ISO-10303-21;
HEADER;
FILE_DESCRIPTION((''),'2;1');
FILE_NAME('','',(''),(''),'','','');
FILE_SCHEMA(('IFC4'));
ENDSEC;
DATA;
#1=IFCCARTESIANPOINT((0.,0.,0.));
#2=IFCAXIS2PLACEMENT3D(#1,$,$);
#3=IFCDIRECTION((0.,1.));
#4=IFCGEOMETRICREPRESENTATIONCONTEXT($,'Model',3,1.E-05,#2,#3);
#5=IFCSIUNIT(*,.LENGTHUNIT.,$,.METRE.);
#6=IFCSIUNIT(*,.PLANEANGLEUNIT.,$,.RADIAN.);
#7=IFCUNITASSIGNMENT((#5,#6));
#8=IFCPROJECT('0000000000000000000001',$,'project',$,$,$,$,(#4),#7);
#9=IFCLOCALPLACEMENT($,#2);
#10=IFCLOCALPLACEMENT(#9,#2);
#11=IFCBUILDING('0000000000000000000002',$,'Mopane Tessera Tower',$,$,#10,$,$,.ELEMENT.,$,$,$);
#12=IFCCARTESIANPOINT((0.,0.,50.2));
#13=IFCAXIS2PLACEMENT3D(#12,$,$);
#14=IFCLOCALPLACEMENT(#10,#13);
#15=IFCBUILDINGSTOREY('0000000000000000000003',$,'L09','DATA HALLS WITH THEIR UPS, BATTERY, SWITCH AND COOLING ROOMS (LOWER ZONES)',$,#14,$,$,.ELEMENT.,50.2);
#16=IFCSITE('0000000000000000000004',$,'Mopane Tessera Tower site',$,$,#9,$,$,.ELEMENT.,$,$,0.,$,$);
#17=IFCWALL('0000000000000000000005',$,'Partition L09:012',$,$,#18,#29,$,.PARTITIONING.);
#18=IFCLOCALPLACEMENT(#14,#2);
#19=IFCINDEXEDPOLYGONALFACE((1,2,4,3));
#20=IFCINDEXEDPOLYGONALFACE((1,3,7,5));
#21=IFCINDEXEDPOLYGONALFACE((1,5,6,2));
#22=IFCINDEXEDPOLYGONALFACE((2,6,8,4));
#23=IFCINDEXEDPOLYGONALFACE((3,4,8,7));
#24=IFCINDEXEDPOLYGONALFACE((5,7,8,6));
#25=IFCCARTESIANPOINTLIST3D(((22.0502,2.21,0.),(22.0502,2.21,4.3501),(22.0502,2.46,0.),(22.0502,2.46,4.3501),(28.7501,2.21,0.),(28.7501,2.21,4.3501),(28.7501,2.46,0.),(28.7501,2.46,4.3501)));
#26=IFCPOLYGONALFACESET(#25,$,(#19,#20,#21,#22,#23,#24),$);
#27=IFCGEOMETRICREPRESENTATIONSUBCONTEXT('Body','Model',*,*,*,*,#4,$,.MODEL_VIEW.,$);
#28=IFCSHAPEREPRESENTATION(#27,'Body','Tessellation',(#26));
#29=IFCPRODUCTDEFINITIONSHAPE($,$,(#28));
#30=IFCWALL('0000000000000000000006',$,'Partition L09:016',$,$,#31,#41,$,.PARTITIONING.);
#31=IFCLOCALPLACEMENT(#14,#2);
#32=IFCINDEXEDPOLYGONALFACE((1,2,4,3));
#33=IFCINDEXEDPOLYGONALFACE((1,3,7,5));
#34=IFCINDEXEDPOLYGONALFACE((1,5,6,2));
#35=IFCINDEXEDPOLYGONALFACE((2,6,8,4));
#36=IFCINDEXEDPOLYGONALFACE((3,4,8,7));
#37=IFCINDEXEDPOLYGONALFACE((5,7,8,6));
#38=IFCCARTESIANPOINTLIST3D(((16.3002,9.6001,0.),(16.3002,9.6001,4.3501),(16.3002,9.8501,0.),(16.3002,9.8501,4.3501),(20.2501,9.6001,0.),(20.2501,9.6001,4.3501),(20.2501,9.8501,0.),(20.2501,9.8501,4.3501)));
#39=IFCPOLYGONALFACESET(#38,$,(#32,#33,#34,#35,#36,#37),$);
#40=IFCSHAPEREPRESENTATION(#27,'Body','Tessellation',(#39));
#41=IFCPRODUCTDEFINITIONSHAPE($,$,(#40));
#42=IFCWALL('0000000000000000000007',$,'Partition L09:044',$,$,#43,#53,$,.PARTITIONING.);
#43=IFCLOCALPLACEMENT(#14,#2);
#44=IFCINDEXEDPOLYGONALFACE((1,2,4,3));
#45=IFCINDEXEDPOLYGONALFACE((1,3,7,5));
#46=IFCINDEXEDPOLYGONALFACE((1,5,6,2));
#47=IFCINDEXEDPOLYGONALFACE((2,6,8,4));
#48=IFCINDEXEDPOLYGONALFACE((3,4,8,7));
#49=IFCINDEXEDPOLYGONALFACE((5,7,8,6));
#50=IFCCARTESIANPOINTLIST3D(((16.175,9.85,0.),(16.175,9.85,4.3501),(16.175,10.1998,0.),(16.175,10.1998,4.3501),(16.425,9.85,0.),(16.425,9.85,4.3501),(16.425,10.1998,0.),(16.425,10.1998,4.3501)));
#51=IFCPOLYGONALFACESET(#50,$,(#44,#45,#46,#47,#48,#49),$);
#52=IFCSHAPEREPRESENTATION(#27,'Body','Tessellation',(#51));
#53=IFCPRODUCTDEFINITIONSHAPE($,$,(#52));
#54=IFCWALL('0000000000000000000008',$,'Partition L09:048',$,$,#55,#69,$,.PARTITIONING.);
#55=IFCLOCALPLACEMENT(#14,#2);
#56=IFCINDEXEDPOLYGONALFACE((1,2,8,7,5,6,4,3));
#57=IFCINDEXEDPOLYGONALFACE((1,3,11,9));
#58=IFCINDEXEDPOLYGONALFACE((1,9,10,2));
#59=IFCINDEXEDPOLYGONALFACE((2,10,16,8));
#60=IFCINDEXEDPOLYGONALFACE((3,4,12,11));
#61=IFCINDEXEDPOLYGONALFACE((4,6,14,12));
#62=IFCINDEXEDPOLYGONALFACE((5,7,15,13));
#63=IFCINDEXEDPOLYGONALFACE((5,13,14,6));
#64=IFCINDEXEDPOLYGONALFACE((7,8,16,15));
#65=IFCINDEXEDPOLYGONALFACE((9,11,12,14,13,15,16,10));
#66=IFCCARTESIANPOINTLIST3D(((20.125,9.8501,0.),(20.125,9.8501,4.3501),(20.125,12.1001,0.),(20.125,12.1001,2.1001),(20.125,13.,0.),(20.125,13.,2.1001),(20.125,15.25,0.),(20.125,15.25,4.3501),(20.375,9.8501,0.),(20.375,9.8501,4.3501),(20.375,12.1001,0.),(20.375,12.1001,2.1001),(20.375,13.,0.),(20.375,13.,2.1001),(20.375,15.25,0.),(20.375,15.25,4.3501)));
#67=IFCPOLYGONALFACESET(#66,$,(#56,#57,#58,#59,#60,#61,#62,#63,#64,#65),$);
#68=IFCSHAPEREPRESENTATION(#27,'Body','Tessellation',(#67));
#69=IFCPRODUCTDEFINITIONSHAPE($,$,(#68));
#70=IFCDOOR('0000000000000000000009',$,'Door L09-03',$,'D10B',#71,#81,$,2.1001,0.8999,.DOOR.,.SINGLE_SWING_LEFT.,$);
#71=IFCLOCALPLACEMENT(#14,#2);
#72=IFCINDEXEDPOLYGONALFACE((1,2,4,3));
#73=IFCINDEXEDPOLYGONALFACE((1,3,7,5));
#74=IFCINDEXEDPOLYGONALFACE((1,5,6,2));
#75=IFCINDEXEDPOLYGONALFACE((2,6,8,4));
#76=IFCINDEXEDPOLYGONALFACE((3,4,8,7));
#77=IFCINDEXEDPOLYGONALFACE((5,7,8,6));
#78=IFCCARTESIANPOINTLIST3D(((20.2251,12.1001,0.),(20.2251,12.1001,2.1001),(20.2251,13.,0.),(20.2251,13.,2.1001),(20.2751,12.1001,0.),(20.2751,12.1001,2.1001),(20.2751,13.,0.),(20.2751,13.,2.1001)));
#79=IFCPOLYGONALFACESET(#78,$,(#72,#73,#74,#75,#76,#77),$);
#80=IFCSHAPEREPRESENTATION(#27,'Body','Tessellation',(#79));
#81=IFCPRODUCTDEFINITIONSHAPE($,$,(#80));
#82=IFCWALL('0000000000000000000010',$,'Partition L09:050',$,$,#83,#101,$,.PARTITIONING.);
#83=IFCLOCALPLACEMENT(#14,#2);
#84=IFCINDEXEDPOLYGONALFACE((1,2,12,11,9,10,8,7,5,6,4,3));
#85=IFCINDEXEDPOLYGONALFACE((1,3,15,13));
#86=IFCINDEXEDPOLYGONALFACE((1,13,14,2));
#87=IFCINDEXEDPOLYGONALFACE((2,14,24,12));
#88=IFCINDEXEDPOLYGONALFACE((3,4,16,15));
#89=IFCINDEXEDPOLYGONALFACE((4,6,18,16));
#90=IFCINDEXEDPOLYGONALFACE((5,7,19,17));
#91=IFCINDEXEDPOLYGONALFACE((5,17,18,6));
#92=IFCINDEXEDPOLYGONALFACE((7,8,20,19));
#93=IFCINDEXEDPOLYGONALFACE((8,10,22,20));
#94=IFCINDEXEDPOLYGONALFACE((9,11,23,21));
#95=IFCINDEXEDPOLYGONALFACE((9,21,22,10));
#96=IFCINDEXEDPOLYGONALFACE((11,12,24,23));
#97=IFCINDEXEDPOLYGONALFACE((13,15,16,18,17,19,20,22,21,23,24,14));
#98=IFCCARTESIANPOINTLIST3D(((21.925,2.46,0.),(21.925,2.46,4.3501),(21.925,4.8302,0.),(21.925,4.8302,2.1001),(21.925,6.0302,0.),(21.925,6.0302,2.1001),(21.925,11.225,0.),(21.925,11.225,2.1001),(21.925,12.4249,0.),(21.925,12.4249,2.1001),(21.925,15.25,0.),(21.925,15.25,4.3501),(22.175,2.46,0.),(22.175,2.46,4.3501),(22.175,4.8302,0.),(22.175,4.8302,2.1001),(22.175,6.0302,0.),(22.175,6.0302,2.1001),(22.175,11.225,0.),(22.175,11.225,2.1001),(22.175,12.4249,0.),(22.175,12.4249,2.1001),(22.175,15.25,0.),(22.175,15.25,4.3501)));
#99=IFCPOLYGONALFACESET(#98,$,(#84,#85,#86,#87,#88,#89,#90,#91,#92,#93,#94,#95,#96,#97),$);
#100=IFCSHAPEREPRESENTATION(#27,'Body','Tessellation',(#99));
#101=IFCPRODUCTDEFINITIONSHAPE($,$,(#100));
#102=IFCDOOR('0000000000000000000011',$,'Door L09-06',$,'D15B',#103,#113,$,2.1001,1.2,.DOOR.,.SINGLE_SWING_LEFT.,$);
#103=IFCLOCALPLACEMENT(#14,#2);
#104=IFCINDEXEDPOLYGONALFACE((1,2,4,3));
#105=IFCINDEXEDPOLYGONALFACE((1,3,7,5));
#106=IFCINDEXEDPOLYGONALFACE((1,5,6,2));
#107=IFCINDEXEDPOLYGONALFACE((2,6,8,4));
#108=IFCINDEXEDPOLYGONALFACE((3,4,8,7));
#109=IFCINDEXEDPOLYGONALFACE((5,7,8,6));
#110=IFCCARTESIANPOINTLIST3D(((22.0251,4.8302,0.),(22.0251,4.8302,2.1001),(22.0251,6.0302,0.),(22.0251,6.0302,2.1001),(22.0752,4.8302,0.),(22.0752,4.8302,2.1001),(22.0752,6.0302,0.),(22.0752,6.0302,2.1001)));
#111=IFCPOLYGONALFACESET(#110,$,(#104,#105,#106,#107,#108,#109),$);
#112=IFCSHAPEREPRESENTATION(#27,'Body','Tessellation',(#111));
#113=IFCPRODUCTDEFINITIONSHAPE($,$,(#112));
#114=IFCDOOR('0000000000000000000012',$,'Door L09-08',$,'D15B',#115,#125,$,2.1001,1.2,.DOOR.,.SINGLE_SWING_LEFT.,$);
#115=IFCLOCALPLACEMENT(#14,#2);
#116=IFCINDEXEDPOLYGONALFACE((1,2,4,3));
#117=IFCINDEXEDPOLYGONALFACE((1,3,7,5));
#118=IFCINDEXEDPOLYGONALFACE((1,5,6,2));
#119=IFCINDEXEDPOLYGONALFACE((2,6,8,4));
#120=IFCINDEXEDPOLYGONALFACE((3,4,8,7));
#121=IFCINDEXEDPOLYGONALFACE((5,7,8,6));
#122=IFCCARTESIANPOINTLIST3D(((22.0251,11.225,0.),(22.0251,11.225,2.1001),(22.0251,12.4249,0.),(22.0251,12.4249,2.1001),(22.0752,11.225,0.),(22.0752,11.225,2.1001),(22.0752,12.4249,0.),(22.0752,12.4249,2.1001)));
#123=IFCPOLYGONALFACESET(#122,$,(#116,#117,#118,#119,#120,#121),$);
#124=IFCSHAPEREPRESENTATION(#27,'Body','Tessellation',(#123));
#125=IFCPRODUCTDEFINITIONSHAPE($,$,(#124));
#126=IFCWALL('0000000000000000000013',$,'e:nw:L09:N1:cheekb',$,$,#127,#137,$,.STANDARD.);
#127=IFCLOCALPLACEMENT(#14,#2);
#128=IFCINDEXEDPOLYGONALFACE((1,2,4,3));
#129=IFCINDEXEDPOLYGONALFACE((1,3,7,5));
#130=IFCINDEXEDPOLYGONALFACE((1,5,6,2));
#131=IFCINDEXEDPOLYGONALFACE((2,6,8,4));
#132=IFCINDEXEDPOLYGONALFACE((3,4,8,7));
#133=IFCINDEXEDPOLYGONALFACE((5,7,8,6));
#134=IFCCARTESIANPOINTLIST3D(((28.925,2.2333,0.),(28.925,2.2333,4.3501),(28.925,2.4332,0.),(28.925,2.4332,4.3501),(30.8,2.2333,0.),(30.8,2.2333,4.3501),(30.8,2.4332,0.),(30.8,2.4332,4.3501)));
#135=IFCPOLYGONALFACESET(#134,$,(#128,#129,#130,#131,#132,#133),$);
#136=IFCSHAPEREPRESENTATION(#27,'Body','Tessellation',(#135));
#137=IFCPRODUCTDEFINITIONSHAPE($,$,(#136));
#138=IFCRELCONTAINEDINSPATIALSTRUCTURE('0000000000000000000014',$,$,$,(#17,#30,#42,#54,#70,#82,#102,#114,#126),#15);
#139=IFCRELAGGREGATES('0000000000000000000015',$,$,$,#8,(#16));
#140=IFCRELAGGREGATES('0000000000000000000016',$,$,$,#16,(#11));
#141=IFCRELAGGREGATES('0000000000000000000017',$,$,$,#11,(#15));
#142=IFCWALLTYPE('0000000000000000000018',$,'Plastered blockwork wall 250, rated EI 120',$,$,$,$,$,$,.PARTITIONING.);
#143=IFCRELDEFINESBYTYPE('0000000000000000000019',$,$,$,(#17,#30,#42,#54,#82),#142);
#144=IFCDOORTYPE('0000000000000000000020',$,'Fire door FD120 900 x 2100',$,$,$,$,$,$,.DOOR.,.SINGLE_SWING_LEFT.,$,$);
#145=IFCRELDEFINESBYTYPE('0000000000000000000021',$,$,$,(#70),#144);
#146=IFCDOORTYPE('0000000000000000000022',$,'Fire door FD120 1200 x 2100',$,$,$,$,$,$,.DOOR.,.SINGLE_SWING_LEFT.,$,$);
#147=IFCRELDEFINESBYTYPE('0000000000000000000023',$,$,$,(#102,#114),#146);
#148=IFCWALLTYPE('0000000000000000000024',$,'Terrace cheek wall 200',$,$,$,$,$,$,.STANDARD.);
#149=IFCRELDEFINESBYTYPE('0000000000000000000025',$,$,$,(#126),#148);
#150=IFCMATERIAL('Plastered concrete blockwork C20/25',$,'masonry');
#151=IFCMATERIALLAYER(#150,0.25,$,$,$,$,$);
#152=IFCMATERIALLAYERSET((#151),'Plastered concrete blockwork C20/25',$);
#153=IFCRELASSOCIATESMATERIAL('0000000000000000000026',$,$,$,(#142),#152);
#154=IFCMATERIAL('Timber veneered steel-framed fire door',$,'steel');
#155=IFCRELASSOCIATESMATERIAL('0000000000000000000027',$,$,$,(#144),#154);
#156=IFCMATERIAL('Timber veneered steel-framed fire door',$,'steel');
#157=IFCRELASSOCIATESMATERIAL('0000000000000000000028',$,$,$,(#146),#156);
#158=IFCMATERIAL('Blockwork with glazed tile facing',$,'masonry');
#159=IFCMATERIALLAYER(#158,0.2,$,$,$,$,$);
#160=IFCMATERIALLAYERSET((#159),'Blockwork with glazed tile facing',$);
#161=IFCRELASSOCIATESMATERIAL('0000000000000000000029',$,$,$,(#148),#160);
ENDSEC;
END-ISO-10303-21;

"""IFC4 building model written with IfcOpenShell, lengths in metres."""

from ifc_helpers import new_model, si_unit, direction, frame, frame_2d, origin, place, context, subcontext, project, spatial, rectangle, extrude, material, layer, layer_set, type_object, element, fill, save


model = new_model("IFC4")

# Units and contexts
model_context = context("Model", 3, precision=1e-05, world=origin(), true_north=direction((0.0, 1.0)))
body_context = subcontext(model_context, "Body", "Model", "MODEL_VIEW")
ifc_project = project(units=[si_unit("LENGTHUNIT", "METRE"), si_unit("PLANEANGLEUNIT", "RADIAN")], contexts=[model_context])

# Site, building, storey
site_placement = place(None, origin())
site = spatial("IfcSite", under=ifc_project, at=site_placement, Name="Mopane Tessera Tower site", CompositionType="ELEMENT", RefElevation=0.0)
building_placement = place(site_placement, origin())
building = spatial("IfcBuilding", under=site, at=building_placement, Name="Mopane Tessera Tower", CompositionType="ELEMENT")
storey_placement = place(building_placement, frame((0.0, 0.0, 50.2)))
storey = spatial("IfcBuildingStorey", under=building, at=storey_placement, Name="L09", Description="DATA HALLS WITH THEIR UPS, BATTERY, SWITCH AND COOLING ROOMS (LOWER ZONES)", CompositionType="ELEMENT", Elevation=50.2)

# Walls
ifc_material_1 = material(Name="Plastered concrete blockwork C20/25", Category="masonry")
ifc_layer_1 = layer(ifc_material_1, 0.25)
ifc_layer_set_1 = layer_set([ifc_layer_1], Name="Plastered concrete blockwork C20/25")
wall_type_1 = type_object("IfcWallType", Name="Plastered blockwork wall 250, rated EI 120", PredefinedType="PARTITIONING", material=ifc_layer_set_1)
wall_1_placement = place(storey_placement, frame((22.05, 2.335, 0.0), z_axis=(0.0, 0.0, 1.0), x_axis=(1.0, 0.0, 0.0)))
element("IfcWall", 1, at=wall_1_placement, inside=storey, type_object=wall_type_1, Name="Partition L09:012", PredefinedType="PARTITIONING", context=body_context, shape_type="SweptSolid", body=[
    extrude(rectangle(XDim=6.7, YDim=0.25, at=frame_2d((3.3501, 0.0))), origin(), (0.0, 0.0, 1.0), 4.3501),
])
wall_2_placement = place(storey_placement, frame((16.3, 9.7251, 0.0), z_axis=(0.0, 0.0, 1.0), x_axis=(1.0, 0.0, 0.0)))
element("IfcWall", 2, at=wall_2_placement, inside=storey, type_object=wall_type_1, Name="Partition L09:016", PredefinedType="PARTITIONING", context=body_context, shape_type="SweptSolid", body=[
    extrude(rectangle(XDim=3.95, YDim=0.25, at=frame_2d((1.9751, 0.0))), origin(), (0.0, 0.0, 1.0), 4.3501),
])
wall_3_placement = place(storey_placement, frame((16.3, 9.8501, 0.0), z_axis=(0.0, 0.0, 1.0), x_axis=(0.0, 1.0, 0.0)))
element("IfcWall", 3, at=wall_3_placement, inside=storey, type_object=wall_type_1, Name="Partition L09:044", PredefinedType="PARTITIONING", context=body_context, shape_type="SweptSolid", body=[
    extrude(rectangle(XDim=0.3499, YDim=0.25, at=frame_2d((0.1748, 0.0))), origin(), (0.0, 0.0, 1.0), 4.3501),
])

# Wall, opening, door
wall_4_placement = place(storey_placement, frame((20.25, 9.8501, 0.0), z_axis=(0.0, 0.0, 1.0), x_axis=(0.0, 1.0, 0.0)))
wall_4 = element("IfcWall", 4, at=wall_4_placement, inside=storey, type_object=wall_type_1, Name="Partition L09:048", PredefinedType="PARTITIONING", context=body_context, shape_type="SweptSolid", body=[
    extrude(rectangle(XDim=5.3999, YDim=0.25, at=frame_2d((2.7, 0.0))), origin(), (0.0, 0.0, 1.0), 4.3501),
])
opening_1_placement = place(wall_4_placement, frame((2.25, 0.0, 0.0)))
opening_1 = element("IfcOpeningElement", 5, at=opening_1_placement, cuts=wall_4, PredefinedType="OPENING", context=body_context, shape_type="SweptSolid", body=[
    extrude(rectangle(XDim=0.8999, YDim=2.1001, at=frame_2d((0.45, 1.05))), frame((0.0, 0.137, 0.0), z_axis=(0.0, -1.0, 0.0), x_axis=(1.0, 0.0, 0.0)), (0.0, 0.0, 1.0), 0.2739),
])
ifc_material_2 = material(Name="Timber veneered steel-framed fire door", Category="steel")
door_type_1 = type_object("IfcDoorType", Name="Fire door FD120 900 x 2100", OperationType="SINGLE_SWING_LEFT", PredefinedType="DOOR", material=ifc_material_2)
door_1_placement = place(opening_1_placement, origin())
door_1 = element("IfcDoor", 6, at=door_1_placement, inside=storey, type_object=door_type_1, Name="Door L09-03", ObjectType="D10B", OperationType="SINGLE_SWING_LEFT", OverallHeight=2.1001, OverallWidth=0.8999, PredefinedType="DOOR", context=body_context, shape_type="SweptSolid", body=[
    extrude(rectangle(XDim=0.8999, YDim=2.1001, at=frame_2d((0.45, 1.05))), frame((0.0, 0.0249, 0.0), z_axis=(0.0, -1.0, 0.0), x_axis=(1.0, 0.0, 0.0)), (0.0, 0.0, 1.0), 0.05),
])
fill(opening_1, door_1)

# Wall, openings, doors
wall_5_placement = place(storey_placement, frame((22.05, 2.46, 0.0), z_axis=(0.0, 0.0, 1.0), x_axis=(0.0, 1.0, 0.0)))
wall_5 = element("IfcWall", 7, at=wall_5_placement, inside=storey, type_object=wall_type_1, Name="Partition L09:050", PredefinedType="PARTITIONING", context=body_context, shape_type="SweptSolid", body=[
    extrude(rectangle(XDim=12.79, YDim=0.25, at=frame_2d((6.395, 0.0))), origin(), (0.0, 0.0, 1.0), 4.3501),
])
opening_2_placement = place(wall_5_placement, frame((2.3701, 0.0, 0.0)))
opening_2 = element("IfcOpeningElement", 8, at=opening_2_placement, cuts=wall_5, PredefinedType="OPENING", context=body_context, shape_type="SweptSolid", body=[
    extrude(rectangle(XDim=1.2, YDim=2.1001, at=frame_2d((0.6001, 1.05))), frame((0.0, 0.137, 0.0), z_axis=(0.0, -1.0, 0.0), x_axis=(1.0, 0.0, 0.0)), (0.0, 0.0, 1.0), 0.2739),
])
opening_3_placement = place(wall_5_placement, frame((8.7649, 0.0, 0.0)))
opening_3 = element("IfcOpeningElement", 9, at=opening_3_placement, cuts=wall_5, PredefinedType="OPENING", context=body_context, shape_type="SweptSolid", body=[
    extrude(rectangle(XDim=1.2, YDim=2.1001, at=frame_2d((0.6001, 1.05))), frame((0.0, 0.137, 0.0), z_axis=(0.0, -1.0, 0.0), x_axis=(1.0, 0.0, 0.0)), (0.0, 0.0, 1.0), 0.2739),
])
ifc_material_3 = material(Name="Timber veneered steel-framed fire door", Category="steel")
door_type_2 = type_object("IfcDoorType", Name="Fire door FD120 1200 x 2100", OperationType="SINGLE_SWING_LEFT", PredefinedType="DOOR", material=ifc_material_3)
door_2_placement = place(opening_2_placement, origin())
door_2 = element("IfcDoor", 10, at=door_2_placement, inside=storey, type_object=door_type_2, Name="Door L09-06", ObjectType="D15B", OperationType="SINGLE_SWING_LEFT", OverallHeight=2.1001, OverallWidth=1.2, PredefinedType="DOOR", context=body_context, shape_type="SweptSolid", body=[
    extrude(rectangle(XDim=1.2, YDim=2.1001, at=frame_2d((0.6001, 1.05))), frame((0.0, 0.0249, 0.0), z_axis=(0.0, -1.0, 0.0), x_axis=(1.0, 0.0, 0.0)), (0.0, 0.0, 1.0), 0.05),
])
fill(opening_2, door_2)
door_3_placement = place(opening_3_placement, origin())
door_3 = element("IfcDoor", 11, at=door_3_placement, inside=storey, type_object=door_type_2, Name="Door L09-08", ObjectType="D15B", OperationType="SINGLE_SWING_LEFT", OverallHeight=2.1001, OverallWidth=1.2, PredefinedType="DOOR", context=body_context, shape_type="SweptSolid", body=[
    extrude(rectangle(XDim=1.2, YDim=2.1001, at=frame_2d((0.6001, 1.05))), frame((0.0, 0.0249, 0.0), z_axis=(0.0, -1.0, 0.0), x_axis=(1.0, 0.0, 0.0)), (0.0, 0.0, 1.0), 0.05),
])
fill(opening_3, door_3)

# Wall
ifc_material_4 = material(Name="Blockwork with glazed tile facing", Category="masonry")
ifc_layer_2 = layer(ifc_material_4, 0.2)
ifc_layer_set_2 = layer_set([ifc_layer_2], Name="Blockwork with glazed tile facing")
wall_type_2 = type_object("IfcWallType", Name="Terrace cheek wall 200", PredefinedType="STANDARD", material=ifc_layer_set_2)
wall_6_placement = place(storey_placement, frame((30.8, 2.3333, 0.0), z_axis=(0.0, 0.0, 1.0), x_axis=(-1.0, 0.0, 0.0)))
element("IfcWall", 12, at=wall_6_placement, inside=storey, type_object=wall_type_2, Name="e:nw:L09:N1:cheekb", PredefinedType="STANDARD", context=body_context, shape_type="SweptSolid", body=[
    extrude(rectangle(XDim=1.875, YDim=0.2, at=frame_2d((0.9375, 0.0))), origin(), (0.0, 0.0, 1.0), 4.3501),
])

save(model, "model.ifc")
